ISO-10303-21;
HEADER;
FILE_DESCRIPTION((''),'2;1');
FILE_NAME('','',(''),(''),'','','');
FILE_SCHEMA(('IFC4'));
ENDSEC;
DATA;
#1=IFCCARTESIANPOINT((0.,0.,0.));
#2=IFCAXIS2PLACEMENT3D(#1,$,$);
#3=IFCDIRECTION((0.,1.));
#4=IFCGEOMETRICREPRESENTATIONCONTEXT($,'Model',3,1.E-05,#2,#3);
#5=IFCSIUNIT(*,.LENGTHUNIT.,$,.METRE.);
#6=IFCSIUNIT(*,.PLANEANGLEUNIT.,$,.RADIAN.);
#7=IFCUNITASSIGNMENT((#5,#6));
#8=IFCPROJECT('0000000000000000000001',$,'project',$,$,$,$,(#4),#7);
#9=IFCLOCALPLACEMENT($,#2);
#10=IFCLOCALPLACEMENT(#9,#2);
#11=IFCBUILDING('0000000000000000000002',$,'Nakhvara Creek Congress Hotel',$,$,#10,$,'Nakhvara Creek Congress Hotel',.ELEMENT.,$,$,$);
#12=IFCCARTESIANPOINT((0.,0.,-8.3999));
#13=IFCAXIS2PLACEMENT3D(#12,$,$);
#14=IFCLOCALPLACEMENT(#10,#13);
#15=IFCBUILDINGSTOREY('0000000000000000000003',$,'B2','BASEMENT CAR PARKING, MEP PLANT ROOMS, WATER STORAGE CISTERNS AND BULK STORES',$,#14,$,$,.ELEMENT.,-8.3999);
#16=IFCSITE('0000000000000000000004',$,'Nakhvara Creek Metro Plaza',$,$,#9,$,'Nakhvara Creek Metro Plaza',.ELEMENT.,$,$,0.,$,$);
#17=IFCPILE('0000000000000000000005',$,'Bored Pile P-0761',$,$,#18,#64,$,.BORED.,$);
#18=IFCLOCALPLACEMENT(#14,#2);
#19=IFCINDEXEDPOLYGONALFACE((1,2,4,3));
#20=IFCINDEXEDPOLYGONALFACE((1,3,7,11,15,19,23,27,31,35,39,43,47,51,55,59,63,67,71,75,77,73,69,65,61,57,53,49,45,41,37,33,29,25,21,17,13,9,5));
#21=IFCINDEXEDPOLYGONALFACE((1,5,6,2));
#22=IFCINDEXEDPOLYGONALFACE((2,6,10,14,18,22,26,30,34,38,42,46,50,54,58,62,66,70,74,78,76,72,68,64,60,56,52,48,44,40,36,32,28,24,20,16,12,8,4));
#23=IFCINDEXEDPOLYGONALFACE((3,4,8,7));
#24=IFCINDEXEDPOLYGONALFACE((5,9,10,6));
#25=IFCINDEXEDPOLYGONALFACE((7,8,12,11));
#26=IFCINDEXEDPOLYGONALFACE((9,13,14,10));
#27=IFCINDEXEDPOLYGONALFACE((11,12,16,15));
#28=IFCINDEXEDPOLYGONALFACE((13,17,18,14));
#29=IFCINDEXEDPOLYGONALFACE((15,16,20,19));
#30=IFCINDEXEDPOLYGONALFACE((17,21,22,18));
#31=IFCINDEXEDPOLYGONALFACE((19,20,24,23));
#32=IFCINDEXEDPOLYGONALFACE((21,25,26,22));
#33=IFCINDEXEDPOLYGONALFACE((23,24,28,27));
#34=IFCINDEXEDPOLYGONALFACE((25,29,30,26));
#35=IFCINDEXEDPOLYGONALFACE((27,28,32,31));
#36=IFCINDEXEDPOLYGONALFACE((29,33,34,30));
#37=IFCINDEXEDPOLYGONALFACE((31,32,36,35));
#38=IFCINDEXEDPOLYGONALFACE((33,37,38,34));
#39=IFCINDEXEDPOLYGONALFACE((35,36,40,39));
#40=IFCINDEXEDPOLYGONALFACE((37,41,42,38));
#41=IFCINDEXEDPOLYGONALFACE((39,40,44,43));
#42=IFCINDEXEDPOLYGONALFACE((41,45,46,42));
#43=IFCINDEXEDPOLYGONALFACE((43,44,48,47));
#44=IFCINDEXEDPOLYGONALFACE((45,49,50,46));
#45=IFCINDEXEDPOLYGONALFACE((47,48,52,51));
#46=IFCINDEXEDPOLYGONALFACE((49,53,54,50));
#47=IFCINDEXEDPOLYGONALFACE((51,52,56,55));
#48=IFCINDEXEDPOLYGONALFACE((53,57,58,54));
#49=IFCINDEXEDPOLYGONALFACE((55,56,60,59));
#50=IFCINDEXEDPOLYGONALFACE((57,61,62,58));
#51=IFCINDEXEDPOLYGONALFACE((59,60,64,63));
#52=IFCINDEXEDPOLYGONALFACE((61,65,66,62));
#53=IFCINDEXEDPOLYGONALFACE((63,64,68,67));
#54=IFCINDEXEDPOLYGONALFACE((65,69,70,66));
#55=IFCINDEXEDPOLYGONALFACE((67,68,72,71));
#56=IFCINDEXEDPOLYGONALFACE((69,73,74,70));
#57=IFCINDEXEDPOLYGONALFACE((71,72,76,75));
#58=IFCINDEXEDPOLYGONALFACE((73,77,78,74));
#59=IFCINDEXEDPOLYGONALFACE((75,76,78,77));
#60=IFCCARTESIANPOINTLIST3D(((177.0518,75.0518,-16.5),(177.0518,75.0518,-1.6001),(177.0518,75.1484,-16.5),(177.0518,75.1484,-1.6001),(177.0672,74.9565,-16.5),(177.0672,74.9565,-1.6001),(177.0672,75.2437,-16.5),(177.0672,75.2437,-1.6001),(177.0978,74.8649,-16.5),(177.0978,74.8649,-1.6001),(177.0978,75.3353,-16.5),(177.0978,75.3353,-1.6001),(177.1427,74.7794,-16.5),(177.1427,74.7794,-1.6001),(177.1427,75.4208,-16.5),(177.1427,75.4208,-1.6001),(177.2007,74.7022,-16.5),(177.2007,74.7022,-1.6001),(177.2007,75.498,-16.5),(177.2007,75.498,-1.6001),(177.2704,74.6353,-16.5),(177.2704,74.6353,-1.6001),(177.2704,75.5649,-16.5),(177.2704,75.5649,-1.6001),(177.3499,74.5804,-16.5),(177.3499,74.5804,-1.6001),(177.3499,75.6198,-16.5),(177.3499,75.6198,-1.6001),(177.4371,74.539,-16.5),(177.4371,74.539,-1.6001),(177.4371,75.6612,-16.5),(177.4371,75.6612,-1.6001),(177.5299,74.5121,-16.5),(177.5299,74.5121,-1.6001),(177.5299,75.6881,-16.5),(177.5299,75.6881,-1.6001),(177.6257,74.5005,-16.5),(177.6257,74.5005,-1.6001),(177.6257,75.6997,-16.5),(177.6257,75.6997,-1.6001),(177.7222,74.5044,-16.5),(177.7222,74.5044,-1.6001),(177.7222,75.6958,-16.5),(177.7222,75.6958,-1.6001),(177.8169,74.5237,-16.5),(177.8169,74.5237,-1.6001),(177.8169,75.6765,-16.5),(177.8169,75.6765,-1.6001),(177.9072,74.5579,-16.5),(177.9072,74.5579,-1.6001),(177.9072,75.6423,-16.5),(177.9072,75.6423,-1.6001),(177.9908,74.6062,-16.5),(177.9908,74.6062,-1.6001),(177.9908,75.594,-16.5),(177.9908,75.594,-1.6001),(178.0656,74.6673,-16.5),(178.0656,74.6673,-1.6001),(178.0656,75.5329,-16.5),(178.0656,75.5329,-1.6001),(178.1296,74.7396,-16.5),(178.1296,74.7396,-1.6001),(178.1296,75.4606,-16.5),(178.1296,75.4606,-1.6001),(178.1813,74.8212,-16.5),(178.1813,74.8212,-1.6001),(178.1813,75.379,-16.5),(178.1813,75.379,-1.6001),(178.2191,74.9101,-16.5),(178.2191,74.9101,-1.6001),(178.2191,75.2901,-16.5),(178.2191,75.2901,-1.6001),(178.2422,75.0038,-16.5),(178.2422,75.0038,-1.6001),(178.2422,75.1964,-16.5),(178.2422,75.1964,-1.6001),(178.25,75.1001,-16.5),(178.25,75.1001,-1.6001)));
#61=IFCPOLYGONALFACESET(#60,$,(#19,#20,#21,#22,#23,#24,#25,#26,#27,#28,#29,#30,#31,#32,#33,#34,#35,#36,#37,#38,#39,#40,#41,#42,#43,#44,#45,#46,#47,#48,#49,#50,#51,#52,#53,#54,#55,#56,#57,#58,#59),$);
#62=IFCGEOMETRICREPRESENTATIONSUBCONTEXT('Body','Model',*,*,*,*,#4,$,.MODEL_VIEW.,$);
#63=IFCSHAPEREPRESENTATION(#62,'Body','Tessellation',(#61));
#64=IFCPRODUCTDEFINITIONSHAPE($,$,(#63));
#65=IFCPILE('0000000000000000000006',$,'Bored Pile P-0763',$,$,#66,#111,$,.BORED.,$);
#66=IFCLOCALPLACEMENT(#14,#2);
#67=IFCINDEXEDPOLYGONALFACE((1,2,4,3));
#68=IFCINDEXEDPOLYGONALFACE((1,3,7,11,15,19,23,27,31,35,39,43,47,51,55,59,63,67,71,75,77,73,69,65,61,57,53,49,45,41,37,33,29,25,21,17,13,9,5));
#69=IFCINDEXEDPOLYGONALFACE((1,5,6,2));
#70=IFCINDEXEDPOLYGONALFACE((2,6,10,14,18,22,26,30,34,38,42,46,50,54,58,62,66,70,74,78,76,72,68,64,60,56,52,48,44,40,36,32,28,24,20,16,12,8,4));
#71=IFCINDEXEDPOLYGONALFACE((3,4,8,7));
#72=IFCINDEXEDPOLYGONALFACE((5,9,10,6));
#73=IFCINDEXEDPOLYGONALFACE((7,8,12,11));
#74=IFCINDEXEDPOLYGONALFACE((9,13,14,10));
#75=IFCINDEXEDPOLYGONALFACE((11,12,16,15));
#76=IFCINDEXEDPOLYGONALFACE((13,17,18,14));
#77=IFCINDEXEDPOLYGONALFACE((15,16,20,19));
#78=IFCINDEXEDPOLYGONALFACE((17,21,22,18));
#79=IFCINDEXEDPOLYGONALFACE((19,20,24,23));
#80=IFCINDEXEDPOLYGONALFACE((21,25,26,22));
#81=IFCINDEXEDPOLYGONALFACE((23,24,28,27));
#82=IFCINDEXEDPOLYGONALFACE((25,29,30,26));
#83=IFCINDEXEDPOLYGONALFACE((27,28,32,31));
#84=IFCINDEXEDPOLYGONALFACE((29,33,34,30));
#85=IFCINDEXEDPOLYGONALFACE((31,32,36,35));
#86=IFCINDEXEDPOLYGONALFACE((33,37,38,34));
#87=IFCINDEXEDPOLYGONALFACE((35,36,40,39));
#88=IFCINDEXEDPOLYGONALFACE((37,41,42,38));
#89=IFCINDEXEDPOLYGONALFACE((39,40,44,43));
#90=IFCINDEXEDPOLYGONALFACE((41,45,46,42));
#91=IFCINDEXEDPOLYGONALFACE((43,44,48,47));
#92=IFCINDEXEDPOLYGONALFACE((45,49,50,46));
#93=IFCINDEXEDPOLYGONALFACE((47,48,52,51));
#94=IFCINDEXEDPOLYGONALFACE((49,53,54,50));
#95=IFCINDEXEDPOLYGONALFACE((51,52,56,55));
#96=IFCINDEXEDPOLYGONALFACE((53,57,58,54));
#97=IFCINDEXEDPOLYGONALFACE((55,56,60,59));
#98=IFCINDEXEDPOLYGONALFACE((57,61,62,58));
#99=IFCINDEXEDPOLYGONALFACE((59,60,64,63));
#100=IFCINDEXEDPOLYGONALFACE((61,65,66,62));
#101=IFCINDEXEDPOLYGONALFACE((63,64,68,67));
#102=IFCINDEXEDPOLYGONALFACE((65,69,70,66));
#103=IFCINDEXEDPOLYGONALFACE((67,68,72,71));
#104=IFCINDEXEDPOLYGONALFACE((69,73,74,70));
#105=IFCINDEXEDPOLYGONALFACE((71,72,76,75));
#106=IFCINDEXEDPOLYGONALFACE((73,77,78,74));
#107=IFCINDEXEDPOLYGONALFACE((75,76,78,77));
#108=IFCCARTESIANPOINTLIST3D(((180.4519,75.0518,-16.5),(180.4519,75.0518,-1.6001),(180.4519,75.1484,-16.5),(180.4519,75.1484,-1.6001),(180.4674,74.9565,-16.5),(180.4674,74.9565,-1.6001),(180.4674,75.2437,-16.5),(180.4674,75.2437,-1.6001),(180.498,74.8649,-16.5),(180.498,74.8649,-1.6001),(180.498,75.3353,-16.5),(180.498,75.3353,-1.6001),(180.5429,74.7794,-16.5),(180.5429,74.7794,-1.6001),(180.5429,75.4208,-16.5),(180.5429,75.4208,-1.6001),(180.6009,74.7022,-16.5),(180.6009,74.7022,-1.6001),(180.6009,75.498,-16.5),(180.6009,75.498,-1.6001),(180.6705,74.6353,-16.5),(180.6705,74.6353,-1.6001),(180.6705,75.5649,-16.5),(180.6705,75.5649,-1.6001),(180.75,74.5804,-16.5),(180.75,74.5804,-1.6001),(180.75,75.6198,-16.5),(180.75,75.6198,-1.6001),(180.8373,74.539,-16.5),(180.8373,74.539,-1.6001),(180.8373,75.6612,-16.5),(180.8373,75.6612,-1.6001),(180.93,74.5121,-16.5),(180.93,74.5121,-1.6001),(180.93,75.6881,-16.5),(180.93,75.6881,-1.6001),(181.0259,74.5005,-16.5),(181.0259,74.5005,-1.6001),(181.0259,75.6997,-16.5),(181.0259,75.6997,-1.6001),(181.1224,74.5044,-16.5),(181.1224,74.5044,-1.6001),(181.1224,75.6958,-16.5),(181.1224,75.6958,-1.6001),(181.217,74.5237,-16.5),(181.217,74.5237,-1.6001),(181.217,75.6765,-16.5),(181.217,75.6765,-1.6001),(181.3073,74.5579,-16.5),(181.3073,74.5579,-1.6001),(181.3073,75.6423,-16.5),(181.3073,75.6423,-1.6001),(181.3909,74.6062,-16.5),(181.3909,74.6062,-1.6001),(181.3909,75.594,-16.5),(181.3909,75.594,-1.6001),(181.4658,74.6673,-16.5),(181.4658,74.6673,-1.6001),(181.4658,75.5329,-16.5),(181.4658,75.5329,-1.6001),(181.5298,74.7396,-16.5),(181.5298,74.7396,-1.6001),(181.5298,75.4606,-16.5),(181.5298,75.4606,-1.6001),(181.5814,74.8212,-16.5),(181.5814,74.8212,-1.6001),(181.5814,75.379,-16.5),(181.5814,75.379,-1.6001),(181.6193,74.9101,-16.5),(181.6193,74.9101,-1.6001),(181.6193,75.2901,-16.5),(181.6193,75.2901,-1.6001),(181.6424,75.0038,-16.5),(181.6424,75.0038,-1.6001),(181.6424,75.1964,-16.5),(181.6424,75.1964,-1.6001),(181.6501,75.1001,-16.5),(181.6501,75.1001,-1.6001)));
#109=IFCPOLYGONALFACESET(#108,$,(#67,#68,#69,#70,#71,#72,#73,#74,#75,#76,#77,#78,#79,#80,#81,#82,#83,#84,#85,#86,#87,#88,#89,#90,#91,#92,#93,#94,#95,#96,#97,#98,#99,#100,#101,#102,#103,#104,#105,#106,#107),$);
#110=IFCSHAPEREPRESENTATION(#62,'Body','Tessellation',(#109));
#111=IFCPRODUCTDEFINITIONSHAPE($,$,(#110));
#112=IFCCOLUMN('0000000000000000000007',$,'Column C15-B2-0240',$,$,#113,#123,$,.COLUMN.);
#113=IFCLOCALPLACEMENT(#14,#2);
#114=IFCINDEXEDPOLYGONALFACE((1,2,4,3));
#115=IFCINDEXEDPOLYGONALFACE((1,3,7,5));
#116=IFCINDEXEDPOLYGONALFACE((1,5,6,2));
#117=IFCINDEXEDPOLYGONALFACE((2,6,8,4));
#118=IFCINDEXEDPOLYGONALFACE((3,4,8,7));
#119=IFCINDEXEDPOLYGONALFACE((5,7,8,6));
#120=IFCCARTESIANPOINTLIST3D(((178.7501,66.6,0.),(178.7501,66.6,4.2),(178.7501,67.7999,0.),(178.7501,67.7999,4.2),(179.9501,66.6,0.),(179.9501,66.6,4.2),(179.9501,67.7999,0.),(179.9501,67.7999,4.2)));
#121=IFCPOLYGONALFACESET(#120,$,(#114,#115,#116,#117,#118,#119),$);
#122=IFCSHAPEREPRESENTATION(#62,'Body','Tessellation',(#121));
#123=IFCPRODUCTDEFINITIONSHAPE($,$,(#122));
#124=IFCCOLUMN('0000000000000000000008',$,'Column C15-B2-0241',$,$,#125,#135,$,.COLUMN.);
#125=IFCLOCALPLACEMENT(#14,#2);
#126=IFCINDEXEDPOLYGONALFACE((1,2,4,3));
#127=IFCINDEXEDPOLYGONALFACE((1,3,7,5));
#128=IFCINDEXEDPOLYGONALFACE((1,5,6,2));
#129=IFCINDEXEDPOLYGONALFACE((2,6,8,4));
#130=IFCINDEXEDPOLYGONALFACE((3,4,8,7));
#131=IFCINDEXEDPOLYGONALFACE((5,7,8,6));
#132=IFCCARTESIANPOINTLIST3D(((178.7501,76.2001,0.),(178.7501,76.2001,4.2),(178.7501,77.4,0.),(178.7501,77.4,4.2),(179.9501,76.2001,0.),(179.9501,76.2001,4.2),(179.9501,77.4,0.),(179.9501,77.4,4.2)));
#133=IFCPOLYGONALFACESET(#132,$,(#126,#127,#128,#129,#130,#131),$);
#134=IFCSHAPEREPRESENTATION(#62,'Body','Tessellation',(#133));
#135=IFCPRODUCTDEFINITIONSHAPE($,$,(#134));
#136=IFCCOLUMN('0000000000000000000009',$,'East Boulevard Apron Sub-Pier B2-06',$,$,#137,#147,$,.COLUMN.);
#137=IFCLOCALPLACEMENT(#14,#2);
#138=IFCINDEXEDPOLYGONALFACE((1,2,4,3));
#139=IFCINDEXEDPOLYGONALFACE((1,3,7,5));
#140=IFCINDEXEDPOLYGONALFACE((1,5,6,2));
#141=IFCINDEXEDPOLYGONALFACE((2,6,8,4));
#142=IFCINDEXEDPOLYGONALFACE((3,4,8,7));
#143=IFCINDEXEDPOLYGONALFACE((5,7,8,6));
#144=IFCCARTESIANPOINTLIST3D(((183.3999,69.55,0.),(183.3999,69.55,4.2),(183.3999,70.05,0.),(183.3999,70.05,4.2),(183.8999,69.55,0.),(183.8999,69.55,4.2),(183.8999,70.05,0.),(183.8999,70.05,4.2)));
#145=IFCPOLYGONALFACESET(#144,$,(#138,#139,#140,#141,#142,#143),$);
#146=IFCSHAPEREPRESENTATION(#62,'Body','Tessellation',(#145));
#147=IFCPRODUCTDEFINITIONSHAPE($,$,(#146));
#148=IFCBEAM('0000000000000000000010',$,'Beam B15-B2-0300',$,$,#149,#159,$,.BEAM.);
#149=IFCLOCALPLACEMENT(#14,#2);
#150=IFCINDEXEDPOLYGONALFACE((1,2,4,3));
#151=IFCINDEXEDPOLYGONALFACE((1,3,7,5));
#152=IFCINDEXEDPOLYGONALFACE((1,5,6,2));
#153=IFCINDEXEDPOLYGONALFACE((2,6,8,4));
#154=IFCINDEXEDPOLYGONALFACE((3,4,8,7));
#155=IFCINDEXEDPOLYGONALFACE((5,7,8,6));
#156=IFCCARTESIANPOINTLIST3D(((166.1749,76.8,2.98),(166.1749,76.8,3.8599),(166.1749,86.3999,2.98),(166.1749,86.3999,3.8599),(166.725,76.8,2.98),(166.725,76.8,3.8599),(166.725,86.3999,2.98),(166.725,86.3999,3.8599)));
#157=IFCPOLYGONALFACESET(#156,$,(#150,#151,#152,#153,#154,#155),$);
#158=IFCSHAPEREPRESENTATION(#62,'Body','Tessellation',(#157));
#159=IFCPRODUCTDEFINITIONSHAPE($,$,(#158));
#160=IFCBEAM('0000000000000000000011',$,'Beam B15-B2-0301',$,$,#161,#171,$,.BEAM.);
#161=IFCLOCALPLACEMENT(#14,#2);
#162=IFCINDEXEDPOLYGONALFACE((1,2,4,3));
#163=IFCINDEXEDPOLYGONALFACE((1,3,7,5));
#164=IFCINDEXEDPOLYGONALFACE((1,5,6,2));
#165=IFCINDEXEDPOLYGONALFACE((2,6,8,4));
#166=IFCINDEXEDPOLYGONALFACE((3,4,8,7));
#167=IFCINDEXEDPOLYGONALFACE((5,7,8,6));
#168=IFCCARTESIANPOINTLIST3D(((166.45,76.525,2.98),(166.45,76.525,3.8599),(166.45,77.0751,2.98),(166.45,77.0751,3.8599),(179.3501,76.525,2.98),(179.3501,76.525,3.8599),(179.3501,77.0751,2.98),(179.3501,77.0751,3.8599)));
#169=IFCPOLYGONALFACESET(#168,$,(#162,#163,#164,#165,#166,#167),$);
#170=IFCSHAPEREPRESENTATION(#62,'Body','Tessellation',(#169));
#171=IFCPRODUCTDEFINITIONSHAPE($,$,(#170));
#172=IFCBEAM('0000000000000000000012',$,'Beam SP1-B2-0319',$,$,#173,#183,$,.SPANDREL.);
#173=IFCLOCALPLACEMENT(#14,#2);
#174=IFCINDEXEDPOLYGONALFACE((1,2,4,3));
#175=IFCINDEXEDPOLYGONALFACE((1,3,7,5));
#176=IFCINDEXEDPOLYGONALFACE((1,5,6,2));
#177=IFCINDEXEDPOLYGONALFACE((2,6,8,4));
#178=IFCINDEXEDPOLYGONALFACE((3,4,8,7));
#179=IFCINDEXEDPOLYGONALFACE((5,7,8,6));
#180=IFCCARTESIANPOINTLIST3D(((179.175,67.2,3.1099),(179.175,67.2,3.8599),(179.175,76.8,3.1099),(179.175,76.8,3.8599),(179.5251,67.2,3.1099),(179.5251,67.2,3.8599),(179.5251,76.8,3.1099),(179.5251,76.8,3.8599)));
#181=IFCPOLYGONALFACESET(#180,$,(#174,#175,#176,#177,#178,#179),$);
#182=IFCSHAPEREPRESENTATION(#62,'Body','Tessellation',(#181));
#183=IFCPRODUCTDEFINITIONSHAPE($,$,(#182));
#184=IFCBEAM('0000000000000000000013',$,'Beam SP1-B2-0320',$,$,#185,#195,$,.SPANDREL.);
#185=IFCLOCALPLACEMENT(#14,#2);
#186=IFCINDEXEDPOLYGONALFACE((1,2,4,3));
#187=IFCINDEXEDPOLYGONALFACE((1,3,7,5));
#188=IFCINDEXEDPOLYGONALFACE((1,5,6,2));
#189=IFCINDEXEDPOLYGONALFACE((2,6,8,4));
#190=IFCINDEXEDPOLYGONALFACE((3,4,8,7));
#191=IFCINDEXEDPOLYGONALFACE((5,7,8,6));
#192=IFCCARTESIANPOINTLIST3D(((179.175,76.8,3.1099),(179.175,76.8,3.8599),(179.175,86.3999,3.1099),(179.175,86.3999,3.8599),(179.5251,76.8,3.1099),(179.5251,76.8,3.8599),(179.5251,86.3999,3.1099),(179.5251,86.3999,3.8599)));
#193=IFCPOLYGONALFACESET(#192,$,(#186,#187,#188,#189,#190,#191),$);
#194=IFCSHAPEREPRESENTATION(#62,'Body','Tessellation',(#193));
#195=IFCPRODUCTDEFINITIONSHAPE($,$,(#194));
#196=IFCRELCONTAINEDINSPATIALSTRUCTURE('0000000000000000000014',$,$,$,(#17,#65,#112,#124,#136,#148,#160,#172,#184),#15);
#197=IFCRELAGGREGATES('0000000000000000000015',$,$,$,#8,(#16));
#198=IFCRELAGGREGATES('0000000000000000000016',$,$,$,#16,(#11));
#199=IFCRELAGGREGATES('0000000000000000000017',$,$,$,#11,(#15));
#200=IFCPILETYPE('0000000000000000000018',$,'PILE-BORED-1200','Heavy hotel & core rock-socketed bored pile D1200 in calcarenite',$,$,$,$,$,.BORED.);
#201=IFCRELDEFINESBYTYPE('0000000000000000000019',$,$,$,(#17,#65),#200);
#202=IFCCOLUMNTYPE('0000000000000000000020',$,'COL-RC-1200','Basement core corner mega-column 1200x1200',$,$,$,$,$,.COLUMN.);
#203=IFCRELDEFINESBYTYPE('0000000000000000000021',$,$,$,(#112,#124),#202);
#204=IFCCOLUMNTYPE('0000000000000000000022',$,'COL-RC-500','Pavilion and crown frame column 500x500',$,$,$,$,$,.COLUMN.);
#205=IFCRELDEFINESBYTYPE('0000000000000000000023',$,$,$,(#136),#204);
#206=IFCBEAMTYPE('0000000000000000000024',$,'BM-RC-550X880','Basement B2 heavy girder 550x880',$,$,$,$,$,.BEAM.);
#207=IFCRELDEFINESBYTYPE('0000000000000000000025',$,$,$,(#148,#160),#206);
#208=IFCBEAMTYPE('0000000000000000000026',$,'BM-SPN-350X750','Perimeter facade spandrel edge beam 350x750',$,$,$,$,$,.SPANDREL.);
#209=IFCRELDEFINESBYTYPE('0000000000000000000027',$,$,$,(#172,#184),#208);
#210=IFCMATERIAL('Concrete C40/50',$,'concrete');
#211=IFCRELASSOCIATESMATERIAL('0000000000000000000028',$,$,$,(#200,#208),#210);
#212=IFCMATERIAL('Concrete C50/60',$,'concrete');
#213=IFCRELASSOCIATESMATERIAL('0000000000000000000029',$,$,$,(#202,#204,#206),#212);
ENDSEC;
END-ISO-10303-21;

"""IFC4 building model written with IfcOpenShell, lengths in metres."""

from ifc_helpers import new_model, si_unit, direction, frame, origin, origin_2d, place, context, subcontext, project, spatial, rectangle, circle, extrude, material, material_profile, profile_set, type_object, element, save


model = new_model("IFC4")

# Units and contexts
model_context = context("Model", 3, precision=1e-05, world=origin(), true_north=direction((0.0, 1.0)))
body_context = subcontext(model_context, "Body", "Model", "MODEL_VIEW")
ifc_project = project(units=[si_unit("LENGTHUNIT", "METRE"), si_unit("PLANEANGLEUNIT", "RADIAN")], contexts=[model_context])

# Site, building, storey
site_placement = place(None, origin())
site = spatial("IfcSite", under=ifc_project, at=site_placement, Name="Nakhvara Creek Metro Plaza", LongName="Nakhvara Creek Metro Plaza", CompositionType="ELEMENT", RefElevation=0.0)
building_placement = place(site_placement, origin())
building = spatial("IfcBuilding", under=site, at=building_placement, Name="Nakhvara Creek Congress Hotel", LongName="Nakhvara Creek Congress Hotel", CompositionType="ELEMENT")
storey_placement = place(building_placement, frame((0.0, 0.0, -8.3999)))
storey = spatial("IfcBuildingStorey", under=building, at=storey_placement, Name="B2", Description="BASEMENT CAR PARKING, MEP PLANT ROOMS, WATER STORAGE CISTERNS AND BULK STORES", CompositionType="ELEMENT", Elevation=-8.3999)

# Shared definitions
ifc_material_1 = material(Name="Concrete C40/50", Category="concrete")

# Piles
ifc_material_profile_1 = material_profile(ifc_material_1, circle(Radius=0.6001, at=origin_2d()), Name="BORED PILE D1200", Category="LoadBearing")
ifc_profile_set_1 = profile_set([ifc_material_profile_1], Name="Concrete C40/50")
pile_type = type_object("IfcPileType", Name="PILE-BORED-1200", Description="Heavy hotel & core rock-socketed bored pile D1200 in calcarenite", PredefinedType="BORED", material=ifc_profile_set_1)
for number, where, z_axis, x_axis, name in (
    (1, (177.6499, 75.1001, -1.6001), (0.0, 0.0, -1.0), (1.0, 0.0, 0.0), "Bored Pile P-0761"),
    (2, (181.05, 75.1001, -1.6001), (0.0, 0.0, -1.0), (1.0, 0.0, 0.0), "Bored Pile P-0763"),
):
    element("IfcPile", number, at=place(storey_placement, frame(where, z_axis=z_axis, x_axis=x_axis)), inside=storey, type_object=pile_type, Name=name, PredefinedType="BORED", context=body_context, shape_type="SweptSolid", body=[
        extrude(circle(Radius=0.6001, at=origin_2d()), origin(), (0.0, 0.0, 1.0), 14.8999),
    ])

# Columns
ifc_material_2 = material(Name="Concrete C50/60", Category="concrete")
ifc_material_profile_2 = material_profile(ifc_material_2, rectangle(XDim=1.2, YDim=1.2, at=origin_2d()), Name="RC-COL 1200x1200", Category="LoadBearing")
ifc_profile_set_2 = profile_set([ifc_material_profile_2], Name="Concrete C50/60")
column_type_1 = type_object("IfcColumnType", Name="COL-RC-1200", Description="Basement core corner mega-column 1200x1200", PredefinedType="COLUMN", material=ifc_profile_set_2)
for number, where, z_axis, x_axis, name in (
    (3, (179.3501, 67.2, 0.0), (0.0, 0.0, 1.0), (1.0, 0.0, 0.0), "Column C15-B2-0240"),
    (4, (179.3501, 76.8, 0.0), (0.0, 0.0, 1.0), (1.0, 0.0, 0.0), "Column C15-B2-0241"),
):
    element("IfcColumn", number, at=place(storey_placement, frame(where, z_axis=z_axis, x_axis=x_axis)), inside=storey, type_object=column_type_1, Name=name, PredefinedType="COLUMN", context=body_context, shape_type="SweptSolid", body=[
        extrude(rectangle(XDim=1.2, YDim=1.2, at=origin_2d()), origin(), (0.0, 0.0, 1.0), 4.2),
    ])
ifc_material_profile_3 = material_profile(ifc_material_2, rectangle(XDim=0.5, YDim=0.5, at=origin_2d()), Name="RC-COL 500x500", Category="LoadBearing")
ifc_profile_set_3 = profile_set([ifc_material_profile_3], Name="Concrete C50/60")
column_type_2 = type_object("IfcColumnType", Name="COL-RC-500", Description="Pavilion and crown frame column 500x500", PredefinedType="COLUMN", material=ifc_profile_set_3)
column_placement = place(storey_placement, frame((183.6499, 69.8, 0.0), z_axis=(0.0, 0.0, 1.0), x_axis=(1.0, 0.0, 0.0)))
element("IfcColumn", 5, at=column_placement, inside=storey, type_object=column_type_2, Name="East Boulevard Apron Sub-Pier B2-06", PredefinedType="COLUMN", context=body_context, shape_type="SweptSolid", body=[
    extrude(rectangle(XDim=0.5, YDim=0.5, at=origin_2d()), origin(), (0.0, 0.0, 1.0), 4.2),
])

# Beams
ifc_material_profile_4 = material_profile(ifc_material_2, rectangle(XDim=0.55, YDim=0.8799, at=origin_2d()), Name="RC-BM 550x880", Category="LoadBearing")
ifc_profile_set_4 = profile_set([ifc_material_profile_4], Name="Concrete C50/60")
beam_type_1 = type_object("IfcBeamType", Name="BM-RC-550X880", Description="Basement B2 heavy girder 550x880", PredefinedType="BEAM", material=ifc_profile_set_4)
beam_1_placement = place(storey_placement, frame((166.45, 76.8, 3.4199), z_axis=(0.0, 1.0, 0.0), x_axis=(-1.0, 0.0, 0.0)))
element("IfcBeam", 6, at=beam_1_placement, inside=storey, type_object=beam_type_1, Name="Beam B15-B2-0300", PredefinedType="BEAM", context=body_context, shape_type="SweptSolid", body=[
    extrude(rectangle(XDim=0.55, YDim=0.8799, at=origin_2d()), origin(), (0.0, 0.0, 1.0), 9.5999),
])
beam_2_placement = place(storey_placement, frame((166.45, 76.8, 3.4199), z_axis=(1.0, 0.0, 0.0), x_axis=(0.0, 1.0, 0.0)))
element("IfcBeam", 7, at=beam_2_placement, inside=storey, type_object=beam_type_1, Name="Beam B15-B2-0301", PredefinedType="BEAM", context=body_context, shape_type="SweptSolid", body=[
    extrude(rectangle(XDim=0.55, YDim=0.8799, at=origin_2d()), origin(), (0.0, 0.0, 1.0), 12.9001),
])
ifc_material_profile_5 = material_profile(ifc_material_1, rectangle(XDim=0.3501, YDim=0.75, at=origin_2d()), Name="RC-SPANDREL 350x750", Category="LoadBearing")
ifc_profile_set_5 = profile_set([ifc_material_profile_5], Name="Concrete C40/50")
beam_type_2 = type_object("IfcBeamType", Name="BM-SPN-350X750", Description="Perimeter facade spandrel edge beam 350x750", PredefinedType="SPANDREL", material=ifc_profile_set_5)
beam_3_placement = place(storey_placement, frame((179.3501, 67.2, 3.4849), z_axis=(0.0, 1.0, 0.0), x_axis=(-1.0, 0.0, 0.0)))
element("IfcBeam", 8, at=beam_3_placement, inside=storey, type_object=beam_type_2, Name="Beam SP1-B2-0319", PredefinedType="SPANDREL", context=body_context, shape_type="SweptSolid", body=[
    extrude(rectangle(XDim=0.3501, YDim=0.75, at=origin_2d()), origin(), (0.0, 0.0, 1.0), 9.6001),
])
beam_4_placement = place(storey_placement, frame((179.3501, 76.8, 3.4849), z_axis=(0.0, 1.0, 0.0), x_axis=(-1.0, 0.0, 0.0)))
element("IfcBeam", 9, at=beam_4_placement, inside=storey, type_object=beam_type_2, Name="Beam SP1-B2-0320", PredefinedType="SPANDREL", context=body_context, shape_type="SweptSolid", body=[
    extrude(rectangle(XDim=0.3501, YDim=0.75, at=origin_2d()), origin(), (0.0, 0.0, 1.0), 9.5999),
])

save(model, "model.ifc")
